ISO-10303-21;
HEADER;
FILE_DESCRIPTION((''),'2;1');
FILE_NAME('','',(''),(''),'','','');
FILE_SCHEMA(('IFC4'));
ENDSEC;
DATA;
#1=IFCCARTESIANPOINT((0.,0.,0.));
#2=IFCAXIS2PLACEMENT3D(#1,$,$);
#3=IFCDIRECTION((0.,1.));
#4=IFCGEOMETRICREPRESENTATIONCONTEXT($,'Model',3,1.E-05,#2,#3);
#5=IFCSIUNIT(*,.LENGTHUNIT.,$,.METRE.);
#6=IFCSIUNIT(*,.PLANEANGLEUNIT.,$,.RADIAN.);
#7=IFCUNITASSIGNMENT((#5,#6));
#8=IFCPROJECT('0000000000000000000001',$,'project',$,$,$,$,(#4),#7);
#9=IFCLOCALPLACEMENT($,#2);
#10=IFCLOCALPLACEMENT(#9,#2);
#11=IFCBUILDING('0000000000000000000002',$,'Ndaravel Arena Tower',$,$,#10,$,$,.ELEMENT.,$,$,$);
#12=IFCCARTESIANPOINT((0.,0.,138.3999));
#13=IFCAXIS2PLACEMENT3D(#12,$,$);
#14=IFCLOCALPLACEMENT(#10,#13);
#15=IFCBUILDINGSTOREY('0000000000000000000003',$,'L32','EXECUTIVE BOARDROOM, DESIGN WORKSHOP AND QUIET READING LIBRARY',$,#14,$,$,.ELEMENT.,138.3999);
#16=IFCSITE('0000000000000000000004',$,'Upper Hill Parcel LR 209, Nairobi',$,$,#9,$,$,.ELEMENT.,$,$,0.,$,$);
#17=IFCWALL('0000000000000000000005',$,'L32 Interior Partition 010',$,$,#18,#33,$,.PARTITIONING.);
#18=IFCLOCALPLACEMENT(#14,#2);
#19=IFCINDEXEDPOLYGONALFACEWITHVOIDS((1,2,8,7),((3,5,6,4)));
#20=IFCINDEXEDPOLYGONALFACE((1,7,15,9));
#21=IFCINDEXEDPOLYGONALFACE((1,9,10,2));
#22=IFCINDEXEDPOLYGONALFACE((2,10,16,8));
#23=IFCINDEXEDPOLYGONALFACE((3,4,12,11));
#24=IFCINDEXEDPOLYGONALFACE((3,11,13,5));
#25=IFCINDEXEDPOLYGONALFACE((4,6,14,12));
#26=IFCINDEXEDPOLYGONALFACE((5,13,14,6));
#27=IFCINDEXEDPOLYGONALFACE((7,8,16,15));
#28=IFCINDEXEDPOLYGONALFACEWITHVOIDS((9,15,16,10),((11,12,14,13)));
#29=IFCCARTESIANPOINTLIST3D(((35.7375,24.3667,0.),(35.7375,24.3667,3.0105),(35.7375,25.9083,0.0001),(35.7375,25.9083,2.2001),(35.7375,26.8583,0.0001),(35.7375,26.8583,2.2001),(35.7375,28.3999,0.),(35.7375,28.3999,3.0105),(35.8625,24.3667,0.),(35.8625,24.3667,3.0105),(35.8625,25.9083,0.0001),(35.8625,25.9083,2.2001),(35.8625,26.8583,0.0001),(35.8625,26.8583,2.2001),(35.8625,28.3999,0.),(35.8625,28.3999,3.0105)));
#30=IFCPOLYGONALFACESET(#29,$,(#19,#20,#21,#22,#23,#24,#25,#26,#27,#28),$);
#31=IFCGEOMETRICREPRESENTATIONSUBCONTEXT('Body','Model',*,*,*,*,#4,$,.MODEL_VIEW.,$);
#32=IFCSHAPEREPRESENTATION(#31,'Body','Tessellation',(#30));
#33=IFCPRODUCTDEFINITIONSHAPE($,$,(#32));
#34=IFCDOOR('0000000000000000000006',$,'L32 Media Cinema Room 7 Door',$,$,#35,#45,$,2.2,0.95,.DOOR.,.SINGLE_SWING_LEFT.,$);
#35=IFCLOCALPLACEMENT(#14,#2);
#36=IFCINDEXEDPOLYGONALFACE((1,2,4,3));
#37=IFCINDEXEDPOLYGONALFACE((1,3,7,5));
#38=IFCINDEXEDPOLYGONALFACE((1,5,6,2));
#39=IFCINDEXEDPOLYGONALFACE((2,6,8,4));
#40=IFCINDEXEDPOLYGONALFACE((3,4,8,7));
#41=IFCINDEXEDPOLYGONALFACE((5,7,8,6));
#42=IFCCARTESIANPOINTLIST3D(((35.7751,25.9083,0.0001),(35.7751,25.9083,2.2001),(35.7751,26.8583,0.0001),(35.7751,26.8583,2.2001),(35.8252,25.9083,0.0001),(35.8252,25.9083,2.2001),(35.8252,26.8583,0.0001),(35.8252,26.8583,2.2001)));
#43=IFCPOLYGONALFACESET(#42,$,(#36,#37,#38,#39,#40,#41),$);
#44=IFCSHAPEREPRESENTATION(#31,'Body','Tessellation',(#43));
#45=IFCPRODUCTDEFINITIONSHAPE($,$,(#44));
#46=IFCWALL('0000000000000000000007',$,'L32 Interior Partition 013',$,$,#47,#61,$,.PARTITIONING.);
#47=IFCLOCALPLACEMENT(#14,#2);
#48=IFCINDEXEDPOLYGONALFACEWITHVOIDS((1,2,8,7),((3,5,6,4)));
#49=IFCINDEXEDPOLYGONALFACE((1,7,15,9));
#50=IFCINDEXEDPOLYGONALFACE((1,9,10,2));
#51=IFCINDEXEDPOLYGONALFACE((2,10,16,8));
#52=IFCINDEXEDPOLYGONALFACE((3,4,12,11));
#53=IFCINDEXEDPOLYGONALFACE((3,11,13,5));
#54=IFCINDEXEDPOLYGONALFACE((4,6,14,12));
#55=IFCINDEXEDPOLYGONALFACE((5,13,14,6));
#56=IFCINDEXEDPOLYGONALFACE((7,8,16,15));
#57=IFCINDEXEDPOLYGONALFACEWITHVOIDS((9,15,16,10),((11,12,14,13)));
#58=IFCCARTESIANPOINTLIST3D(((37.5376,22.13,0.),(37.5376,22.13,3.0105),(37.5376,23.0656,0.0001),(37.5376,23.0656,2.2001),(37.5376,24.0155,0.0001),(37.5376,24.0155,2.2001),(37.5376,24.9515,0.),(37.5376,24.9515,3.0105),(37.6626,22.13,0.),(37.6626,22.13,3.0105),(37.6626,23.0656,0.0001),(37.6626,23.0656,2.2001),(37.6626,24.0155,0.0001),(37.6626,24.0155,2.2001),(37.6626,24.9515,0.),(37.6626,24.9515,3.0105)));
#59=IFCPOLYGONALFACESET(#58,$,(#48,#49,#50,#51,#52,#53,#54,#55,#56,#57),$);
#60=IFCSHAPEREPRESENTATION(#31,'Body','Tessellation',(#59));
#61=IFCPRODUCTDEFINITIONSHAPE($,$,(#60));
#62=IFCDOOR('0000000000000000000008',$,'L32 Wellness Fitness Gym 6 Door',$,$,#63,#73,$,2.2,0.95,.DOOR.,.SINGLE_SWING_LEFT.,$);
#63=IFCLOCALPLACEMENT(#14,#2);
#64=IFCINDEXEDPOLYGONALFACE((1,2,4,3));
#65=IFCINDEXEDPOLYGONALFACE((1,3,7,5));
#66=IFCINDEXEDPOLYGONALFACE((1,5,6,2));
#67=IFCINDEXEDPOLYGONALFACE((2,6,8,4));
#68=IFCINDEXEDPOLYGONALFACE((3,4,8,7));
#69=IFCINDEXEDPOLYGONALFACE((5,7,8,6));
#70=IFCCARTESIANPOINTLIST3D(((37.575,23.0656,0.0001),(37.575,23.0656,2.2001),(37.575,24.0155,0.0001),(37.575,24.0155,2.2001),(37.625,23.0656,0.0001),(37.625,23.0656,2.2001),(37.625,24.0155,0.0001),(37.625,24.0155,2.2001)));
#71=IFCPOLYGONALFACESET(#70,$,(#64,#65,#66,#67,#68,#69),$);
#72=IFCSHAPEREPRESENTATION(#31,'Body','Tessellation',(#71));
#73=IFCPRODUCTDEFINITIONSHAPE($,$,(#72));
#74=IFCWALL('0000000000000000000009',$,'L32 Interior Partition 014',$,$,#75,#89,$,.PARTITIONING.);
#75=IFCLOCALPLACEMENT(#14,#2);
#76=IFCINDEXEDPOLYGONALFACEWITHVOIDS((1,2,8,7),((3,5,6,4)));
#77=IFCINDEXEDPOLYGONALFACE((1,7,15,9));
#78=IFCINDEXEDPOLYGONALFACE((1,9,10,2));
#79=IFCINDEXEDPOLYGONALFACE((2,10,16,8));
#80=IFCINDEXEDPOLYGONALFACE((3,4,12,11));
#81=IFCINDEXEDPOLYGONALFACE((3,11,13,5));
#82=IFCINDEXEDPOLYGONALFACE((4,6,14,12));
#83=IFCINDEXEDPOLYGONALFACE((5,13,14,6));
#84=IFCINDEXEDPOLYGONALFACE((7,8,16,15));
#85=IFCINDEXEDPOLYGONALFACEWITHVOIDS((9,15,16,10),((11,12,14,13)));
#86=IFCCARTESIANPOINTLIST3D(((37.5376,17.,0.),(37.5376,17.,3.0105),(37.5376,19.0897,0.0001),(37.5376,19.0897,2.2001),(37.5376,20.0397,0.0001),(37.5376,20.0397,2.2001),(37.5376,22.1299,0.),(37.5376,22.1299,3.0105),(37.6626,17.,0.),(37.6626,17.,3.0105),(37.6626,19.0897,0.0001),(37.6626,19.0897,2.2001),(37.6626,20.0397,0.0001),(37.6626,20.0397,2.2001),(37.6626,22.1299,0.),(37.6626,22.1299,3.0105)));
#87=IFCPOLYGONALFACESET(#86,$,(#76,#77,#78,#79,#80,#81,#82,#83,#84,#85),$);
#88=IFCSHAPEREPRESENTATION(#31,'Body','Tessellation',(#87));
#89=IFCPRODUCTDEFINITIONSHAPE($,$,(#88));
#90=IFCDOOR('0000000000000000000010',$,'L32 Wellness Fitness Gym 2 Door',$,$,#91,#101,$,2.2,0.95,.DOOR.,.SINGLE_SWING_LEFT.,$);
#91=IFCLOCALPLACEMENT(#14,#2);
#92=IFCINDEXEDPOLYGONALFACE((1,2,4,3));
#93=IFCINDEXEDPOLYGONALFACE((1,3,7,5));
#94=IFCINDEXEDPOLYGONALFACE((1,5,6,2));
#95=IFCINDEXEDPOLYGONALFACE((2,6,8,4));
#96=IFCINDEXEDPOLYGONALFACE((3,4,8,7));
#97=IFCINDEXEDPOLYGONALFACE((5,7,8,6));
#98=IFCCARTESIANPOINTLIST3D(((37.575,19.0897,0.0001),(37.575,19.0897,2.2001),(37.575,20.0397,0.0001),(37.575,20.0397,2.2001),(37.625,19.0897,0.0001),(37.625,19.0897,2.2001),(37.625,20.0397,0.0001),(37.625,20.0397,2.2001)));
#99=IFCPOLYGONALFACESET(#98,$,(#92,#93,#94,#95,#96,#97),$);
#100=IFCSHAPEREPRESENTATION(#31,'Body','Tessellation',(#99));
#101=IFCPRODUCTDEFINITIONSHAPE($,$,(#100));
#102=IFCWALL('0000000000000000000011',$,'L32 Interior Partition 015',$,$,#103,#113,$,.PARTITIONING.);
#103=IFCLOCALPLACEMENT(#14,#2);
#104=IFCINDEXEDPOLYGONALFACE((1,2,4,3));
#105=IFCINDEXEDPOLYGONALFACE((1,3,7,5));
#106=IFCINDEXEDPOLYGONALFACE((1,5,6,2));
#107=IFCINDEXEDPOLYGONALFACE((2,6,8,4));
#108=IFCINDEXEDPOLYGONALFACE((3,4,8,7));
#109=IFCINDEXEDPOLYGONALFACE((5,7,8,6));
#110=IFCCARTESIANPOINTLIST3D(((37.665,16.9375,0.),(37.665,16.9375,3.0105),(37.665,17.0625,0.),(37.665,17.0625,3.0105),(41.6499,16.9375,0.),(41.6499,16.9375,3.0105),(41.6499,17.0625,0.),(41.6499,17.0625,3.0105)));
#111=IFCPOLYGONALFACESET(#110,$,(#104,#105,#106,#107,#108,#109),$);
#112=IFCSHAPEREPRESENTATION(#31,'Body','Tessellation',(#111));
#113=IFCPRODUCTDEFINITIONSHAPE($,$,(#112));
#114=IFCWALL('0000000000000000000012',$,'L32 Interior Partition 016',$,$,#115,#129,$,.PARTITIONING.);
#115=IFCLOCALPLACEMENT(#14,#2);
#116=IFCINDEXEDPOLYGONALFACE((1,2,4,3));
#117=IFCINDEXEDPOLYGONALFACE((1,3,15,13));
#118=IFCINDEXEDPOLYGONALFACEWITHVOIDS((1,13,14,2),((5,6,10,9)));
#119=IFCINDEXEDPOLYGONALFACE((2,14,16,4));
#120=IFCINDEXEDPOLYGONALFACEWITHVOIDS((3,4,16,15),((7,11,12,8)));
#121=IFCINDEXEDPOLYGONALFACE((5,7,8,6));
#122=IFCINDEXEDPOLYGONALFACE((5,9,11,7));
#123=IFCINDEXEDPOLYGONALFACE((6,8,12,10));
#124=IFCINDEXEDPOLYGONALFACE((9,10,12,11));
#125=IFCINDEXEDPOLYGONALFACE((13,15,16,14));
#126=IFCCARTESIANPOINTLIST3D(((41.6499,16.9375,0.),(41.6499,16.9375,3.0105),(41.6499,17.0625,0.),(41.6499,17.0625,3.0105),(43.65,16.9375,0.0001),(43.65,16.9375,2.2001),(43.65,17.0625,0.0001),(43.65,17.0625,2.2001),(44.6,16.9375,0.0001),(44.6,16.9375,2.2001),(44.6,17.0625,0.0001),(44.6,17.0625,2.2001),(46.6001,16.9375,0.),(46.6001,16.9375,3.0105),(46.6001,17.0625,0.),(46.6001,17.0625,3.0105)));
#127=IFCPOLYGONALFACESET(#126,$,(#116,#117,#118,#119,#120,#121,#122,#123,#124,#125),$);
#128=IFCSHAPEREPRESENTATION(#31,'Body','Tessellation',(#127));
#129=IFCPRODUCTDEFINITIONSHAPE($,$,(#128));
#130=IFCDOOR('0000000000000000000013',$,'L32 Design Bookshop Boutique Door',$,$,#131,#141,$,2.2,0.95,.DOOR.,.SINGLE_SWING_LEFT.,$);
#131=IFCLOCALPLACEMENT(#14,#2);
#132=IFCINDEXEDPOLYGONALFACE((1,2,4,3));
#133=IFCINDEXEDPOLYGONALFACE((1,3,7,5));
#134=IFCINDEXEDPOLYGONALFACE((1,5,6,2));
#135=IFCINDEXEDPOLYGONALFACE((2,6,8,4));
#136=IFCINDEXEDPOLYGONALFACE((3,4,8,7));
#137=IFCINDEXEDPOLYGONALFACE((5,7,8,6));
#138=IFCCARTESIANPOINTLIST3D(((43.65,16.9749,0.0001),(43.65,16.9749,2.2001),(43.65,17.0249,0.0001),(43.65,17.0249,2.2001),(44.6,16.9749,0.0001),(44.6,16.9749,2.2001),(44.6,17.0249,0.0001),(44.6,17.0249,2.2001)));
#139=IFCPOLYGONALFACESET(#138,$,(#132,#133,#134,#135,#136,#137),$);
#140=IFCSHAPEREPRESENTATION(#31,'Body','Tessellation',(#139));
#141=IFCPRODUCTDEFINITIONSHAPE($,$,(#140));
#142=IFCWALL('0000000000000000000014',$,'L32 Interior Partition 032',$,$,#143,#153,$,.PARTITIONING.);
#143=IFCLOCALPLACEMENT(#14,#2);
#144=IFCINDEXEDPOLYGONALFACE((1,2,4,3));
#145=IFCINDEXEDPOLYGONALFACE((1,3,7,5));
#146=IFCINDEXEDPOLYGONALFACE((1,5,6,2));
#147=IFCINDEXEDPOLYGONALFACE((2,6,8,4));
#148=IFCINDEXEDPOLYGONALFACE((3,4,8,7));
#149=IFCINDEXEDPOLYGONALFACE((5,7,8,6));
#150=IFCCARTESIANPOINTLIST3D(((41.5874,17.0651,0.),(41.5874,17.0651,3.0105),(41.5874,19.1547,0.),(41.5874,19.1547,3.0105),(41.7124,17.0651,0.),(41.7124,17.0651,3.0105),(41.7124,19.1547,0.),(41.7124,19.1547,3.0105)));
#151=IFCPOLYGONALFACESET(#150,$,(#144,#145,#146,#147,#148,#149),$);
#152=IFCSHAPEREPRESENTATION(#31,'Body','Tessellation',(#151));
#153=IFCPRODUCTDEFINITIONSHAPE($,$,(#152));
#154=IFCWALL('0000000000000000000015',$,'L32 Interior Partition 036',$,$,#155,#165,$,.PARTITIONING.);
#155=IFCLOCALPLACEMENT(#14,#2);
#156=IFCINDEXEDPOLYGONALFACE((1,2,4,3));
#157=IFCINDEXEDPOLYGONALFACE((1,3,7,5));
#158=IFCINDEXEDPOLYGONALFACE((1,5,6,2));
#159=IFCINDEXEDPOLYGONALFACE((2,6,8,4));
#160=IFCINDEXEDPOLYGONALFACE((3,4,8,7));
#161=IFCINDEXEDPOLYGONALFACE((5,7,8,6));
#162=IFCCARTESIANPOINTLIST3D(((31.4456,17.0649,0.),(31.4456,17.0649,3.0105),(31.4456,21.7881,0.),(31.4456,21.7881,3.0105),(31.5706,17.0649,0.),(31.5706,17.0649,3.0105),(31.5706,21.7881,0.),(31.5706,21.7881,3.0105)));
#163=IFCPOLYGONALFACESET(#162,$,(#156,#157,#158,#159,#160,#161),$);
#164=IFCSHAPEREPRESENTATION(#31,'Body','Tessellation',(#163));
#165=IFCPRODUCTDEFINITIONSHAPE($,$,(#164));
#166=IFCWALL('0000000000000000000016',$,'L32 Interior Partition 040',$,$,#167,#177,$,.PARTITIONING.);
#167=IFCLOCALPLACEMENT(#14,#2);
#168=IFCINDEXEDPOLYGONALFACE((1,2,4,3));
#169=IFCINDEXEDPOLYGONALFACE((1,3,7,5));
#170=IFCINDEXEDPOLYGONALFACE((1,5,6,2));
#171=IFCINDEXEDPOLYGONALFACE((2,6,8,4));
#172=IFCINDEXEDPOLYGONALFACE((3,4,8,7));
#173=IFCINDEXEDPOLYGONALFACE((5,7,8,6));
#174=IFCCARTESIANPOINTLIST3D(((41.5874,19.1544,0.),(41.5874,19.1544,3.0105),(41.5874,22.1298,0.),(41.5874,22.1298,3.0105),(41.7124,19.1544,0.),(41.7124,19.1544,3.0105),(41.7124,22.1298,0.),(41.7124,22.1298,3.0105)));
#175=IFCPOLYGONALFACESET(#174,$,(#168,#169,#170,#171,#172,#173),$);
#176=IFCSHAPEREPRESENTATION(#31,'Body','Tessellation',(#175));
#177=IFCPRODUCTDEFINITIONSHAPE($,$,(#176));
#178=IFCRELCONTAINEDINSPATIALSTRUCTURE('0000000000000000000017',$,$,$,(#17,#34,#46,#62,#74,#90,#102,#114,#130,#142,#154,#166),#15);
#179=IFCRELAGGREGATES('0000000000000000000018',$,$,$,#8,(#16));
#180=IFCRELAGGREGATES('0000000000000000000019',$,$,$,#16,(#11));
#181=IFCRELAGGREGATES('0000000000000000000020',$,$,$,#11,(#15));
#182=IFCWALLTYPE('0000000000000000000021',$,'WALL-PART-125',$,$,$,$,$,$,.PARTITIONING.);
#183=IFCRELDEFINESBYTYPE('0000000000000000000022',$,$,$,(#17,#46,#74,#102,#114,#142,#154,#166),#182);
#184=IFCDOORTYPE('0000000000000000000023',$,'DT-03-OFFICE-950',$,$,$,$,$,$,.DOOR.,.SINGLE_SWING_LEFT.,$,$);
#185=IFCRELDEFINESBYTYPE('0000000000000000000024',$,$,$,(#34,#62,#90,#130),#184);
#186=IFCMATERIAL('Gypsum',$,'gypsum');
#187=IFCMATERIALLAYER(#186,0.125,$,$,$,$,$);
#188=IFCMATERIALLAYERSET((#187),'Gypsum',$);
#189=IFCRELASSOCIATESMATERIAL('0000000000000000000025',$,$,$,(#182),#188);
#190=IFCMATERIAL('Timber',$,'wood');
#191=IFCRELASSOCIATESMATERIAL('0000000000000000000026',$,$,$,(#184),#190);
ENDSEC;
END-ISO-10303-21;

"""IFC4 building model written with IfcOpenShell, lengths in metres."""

from ifc_helpers import new_model, si_unit, direction, frame, frame_2d, origin, place, context, subcontext, project, spatial, rectangle, extrude, material, layer, layer_set, type_object, element, fill, save


model = new_model("IFC4")

# Units and contexts
model_context = context("Model", 3, precision=1e-05, world=origin(), true_north=direction((0.0, 1.0)))
body_context = subcontext(model_context, "Body", "Model", "MODEL_VIEW")
ifc_project = project(units=[si_unit("LENGTHUNIT", "METRE"), si_unit("PLANEANGLEUNIT", "RADIAN")], contexts=[model_context])

# Site, building, storey
site_placement = place(None, origin())
site = spatial("IfcSite", under=ifc_project, at=site_placement, Name="Upper Hill Parcel LR 209, Nairobi", CompositionType="ELEMENT", RefElevation=0.0)
building_placement = place(site_placement, origin())
building = spatial("IfcBuilding", under=site, at=building_placement, Name="Ndaravel Arena Tower", CompositionType="ELEMENT")
storey_placement = place(building_placement, frame((0.0, 0.0, 138.3999)))
storey = spatial("IfcBuildingStorey", under=building, at=storey_placement, Name="L32", Description="EXECUTIVE BOARDROOM, DESIGN WORKSHOP AND QUIET READING LIBRARY", CompositionType="ELEMENT", Elevation=138.3999)

# Shared definitions
ifc_material_1 = material(Name="Gypsum", Category="gypsum")
ifc_layer_1 = layer(ifc_material_1, 0.125)
ifc_layer_set_1 = layer_set([ifc_layer_1], Name="Gypsum")
wall_type_1 = type_object("IfcWallType", Name="WALL-PART-125", PredefinedType="PARTITIONING", material=ifc_layer_set_1)

# Walls, openings, doors
ifc_material_2 = material(Name="Timber", Category="wood")
door_type_1 = type_object("IfcDoorType", Name="DT-03-OFFICE-950", OperationType="SINGLE_SWING_LEFT", PredefinedType="DOOR", material=ifc_material_2)
wall_1_placement = place(storey_placement, frame((35.8, 24.3667, 0.0), z_axis=(0.0, 0.0, 1.0), x_axis=(0.0, 1.0, 0.0)))
wall_1 = element("IfcWall", 1, at=wall_1_placement, inside=storey, type_object=wall_type_1, Name="L32 Interior Partition 010", PredefinedType="PARTITIONING", context=body_context, shape_type="SweptSolid", body=[
    extrude(rectangle(XDim=4.0332, YDim=0.125, at=frame_2d((2.0166, 0.0))), origin(), (0.0, 0.0, 1.0), 3.0105),
])
opening_1_placement = place(wall_1_placement, frame((1.5415, 0.0, 0.0)))
opening_1 = element("IfcOpeningElement", 2, at=opening_1_placement, cuts=wall_1, PredefinedType="OPENING", context=body_context, shape_type="SweptSolid", body=[
    extrude(rectangle(XDim=0.95, YDim=2.2, at=frame_2d((0.4751, 1.1001))), frame((0.0, 0.0625, 0.0), z_axis=(0.0, -1.0, 0.0), x_axis=(1.0, 0.0, 0.0)), (0.0, 0.0, 1.0), 0.125),
])
door_1_placement = place(opening_1_placement, origin())
door_1 = element("IfcDoor", 3, at=door_1_placement, inside=storey, type_object=door_type_1, Name="L32 Media Cinema Room 7 Door", OperationType="SINGLE_SWING_LEFT", OverallHeight=2.2, OverallWidth=0.95, PredefinedType="DOOR", context=body_context, shape_type="SweptSolid", body=[
    extrude(rectangle(XDim=0.95, YDim=2.2, at=frame_2d((0.4751, 1.1001))), frame((0.0, 0.0249, 0.0), z_axis=(0.0, -1.0, 0.0), x_axis=(1.0, 0.0, 0.0)), (0.0, 0.0, 1.0), 0.05),
])
fill(opening_1, door_1)
wall_2_placement = place(storey_placement, frame((37.6001, 24.9514, 0.0), z_axis=(0.0, 0.0, 1.0), x_axis=(0.0, -1.0, 0.0)))
wall_2 = element("IfcWall", 4, at=wall_2_placement, inside=storey, type_object=wall_type_1, Name="L32 Interior Partition 013", PredefinedType="PARTITIONING", context=body_context, shape_type="SweptSolid", body=[
    extrude(rectangle(XDim=2.8215, YDim=0.125, at=frame_2d((1.4106, 0.0))), origin(), (0.0, 0.0, 1.0), 3.0105),
])
opening_2_placement = place(wall_2_placement, frame((0.9358, 0.0, 0.0)))
opening_2 = element("IfcOpeningElement", 5, at=opening_2_placement, cuts=wall_2, PredefinedType="OPENING", context=body_context, shape_type="SweptSolid", body=[
    extrude(rectangle(XDim=0.95, YDim=2.2, at=frame_2d((0.4751, 1.1001))), frame((0.0, 0.0625, 0.0), z_axis=(0.0, -1.0, 0.0), x_axis=(1.0, 0.0, 0.0)), (0.0, 0.0, 1.0), 0.125),
])
door_2_placement = place(opening_2_placement, origin())
door_2 = element("IfcDoor", 6, at=door_2_placement, inside=storey, type_object=door_type_1, Name="L32 Wellness Fitness Gym 6 Door", OperationType="SINGLE_SWING_LEFT", OverallHeight=2.2, OverallWidth=0.95, PredefinedType="DOOR", context=body_context, shape_type="SweptSolid", body=[
    extrude(rectangle(XDim=0.95, YDim=2.2, at=frame_2d((0.4751, 1.1001))), frame((0.0, 0.0249, 0.0), z_axis=(0.0, -1.0, 0.0), x_axis=(1.0, 0.0, 0.0)), (0.0, 0.0, 1.0), 0.05),
])
fill(opening_2, door_2)
wall_3_placement = place(storey_placement, frame((37.6001, 22.1299, 0.0), z_axis=(0.0, 0.0, 1.0), x_axis=(0.0, -1.0, 0.0)))
wall_3 = element("IfcWall", 7, at=wall_3_placement, inside=storey, type_object=wall_type_1, Name="L32 Interior Partition 014", PredefinedType="PARTITIONING", context=body_context, shape_type="SweptSolid", body=[
    extrude(rectangle(XDim=5.1299, YDim=0.125, at=frame_2d((2.5649, 0.0))), origin(), (0.0, 0.0, 1.0), 3.0105),
])
opening_3_placement = place(wall_3_placement, frame((2.0901, 0.0, 0.0)))
opening_3 = element("IfcOpeningElement", 8, at=opening_3_placement, cuts=wall_3, PredefinedType="OPENING", context=body_context, shape_type="SweptSolid", body=[
    extrude(rectangle(XDim=0.95, YDim=2.2, at=frame_2d((0.4751, 1.1001))), frame((0.0, 0.0625, 0.0), z_axis=(0.0, -1.0, 0.0), x_axis=(1.0, 0.0, 0.0)), (0.0, 0.0, 1.0), 0.125),
])
door_3_placement = place(opening_3_placement, origin())
door_3 = element("IfcDoor", 9, at=door_3_placement, inside=storey, type_object=door_type_1, Name="L32 Wellness Fitness Gym 2 Door", OperationType="SINGLE_SWING_LEFT", OverallHeight=2.2, OverallWidth=0.95, PredefinedType="DOOR", context=body_context, shape_type="SweptSolid", body=[
    extrude(rectangle(XDim=0.95, YDim=2.2, at=frame_2d((0.4751, 1.1001))), frame((0.0, 0.0249, 0.0), z_axis=(0.0, -1.0, 0.0), x_axis=(1.0, 0.0, 0.0)), (0.0, 0.0, 1.0), 0.05),
])
fill(opening_3, door_3)

# Wall
wall_4_placement = place(storey_placement, frame((37.665, 17.0, 0.0), z_axis=(0.0, 0.0, 1.0), x_axis=(1.0, 0.0, 0.0)))
element("IfcWall", 10, at=wall_4_placement, inside=storey, type_object=wall_type_1, Name="L32 Interior Partition 015", PredefinedType="PARTITIONING", context=body_context, shape_type="SweptSolid", body=[
    extrude(rectangle(XDim=3.9849, YDim=0.125, at=frame_2d((1.9924, 0.0))), origin(), (0.0, 0.0, 1.0), 3.0105),
])

# Wall, opening, door
wall_5_placement = place(storey_placement, frame((41.6499, 17.0, 0.0), z_axis=(0.0, 0.0, 1.0), x_axis=(1.0, 0.0, 0.0)))
wall_5 = element("IfcWall", 11, at=wall_5_placement, inside=storey, type_object=wall_type_1, Name="L32 Interior Partition 016", PredefinedType="PARTITIONING", context=body_context, shape_type="SweptSolid", body=[
    extrude(rectangle(XDim=4.9502, YDim=0.125, at=frame_2d((2.4751, 0.0))), origin(), (0.0, 0.0, 1.0), 3.0105),
])
opening_4_placement = place(wall_5_placement, frame((2.0, 0.0, 0.0)))
opening_4 = element("IfcOpeningElement", 12, at=opening_4_placement, cuts=wall_5, PredefinedType="OPENING", context=body_context, shape_type="SweptSolid", body=[
    extrude(rectangle(XDim=0.95, YDim=2.2, at=frame_2d((0.4751, 1.1001))), frame((0.0, 0.0625, 0.0), z_axis=(0.0, -1.0, 0.0), x_axis=(1.0, 0.0, 0.0)), (0.0, 0.0, 1.0), 0.125),
])
door_4_placement = place(opening_4_placement, origin())
door_4 = element("IfcDoor", 13, at=door_4_placement, inside=storey, type_object=door_type_1, Name="L32 Design Bookshop Boutique Door", OperationType="SINGLE_SWING_LEFT", OverallHeight=2.2, OverallWidth=0.95, PredefinedType="DOOR", context=body_context, shape_type="SweptSolid", body=[
    extrude(rectangle(XDim=0.95, YDim=2.2, at=frame_2d((0.4751, 1.1001))), frame((0.0, 0.0249, 0.0), z_axis=(0.0, -1.0, 0.0), x_axis=(1.0, 0.0, 0.0)), (0.0, 0.0, 1.0), 0.05),
])
fill(opening_4, door_4)

# Walls
wall_6_placement = place(storey_placement, frame((41.6499, 17.0649, 0.0), z_axis=(0.0, 0.0, 1.0), x_axis=(0.0, 1.0, 0.0)))
element("IfcWall", 14, at=wall_6_placement, inside=storey, type_object=wall_type_1, Name="L32 Interior Partition 032", PredefinedType="PARTITIONING", context=body_context, shape_type="SweptSolid", body=[
    extrude(rectangle(XDim=2.0896, YDim=0.125, at=frame_2d((1.0449, 0.0))), origin(), (0.0, 0.0, 1.0), 3.0105),
])
wall_7_placement = place(storey_placement, frame((31.5081, 21.7881, 0.0), z_axis=(0.0, 0.0, 1.0), x_axis=(0.0, -1.0, 0.0)))
element("IfcWall", 15, at=wall_7_placement, inside=storey, type_object=wall_type_1, Name="L32 Interior Partition 036", PredefinedType="PARTITIONING", context=body_context, shape_type="SweptSolid", body=[
    extrude(rectangle(XDim=4.7231, YDim=0.125, at=frame_2d((2.3616, 0.0))), origin(), (0.0, 0.0, 1.0), 3.0105),
])
wall_8_placement = place(storey_placement, frame((41.6499, 22.1299, 0.0), z_axis=(0.0, 0.0, 1.0), x_axis=(0.0, -1.0, 0.0)))
element("IfcWall", 16, at=wall_8_placement, inside=storey, type_object=wall_type_1, Name="L32 Interior Partition 040", PredefinedType="PARTITIONING", context=body_context, shape_type="SweptSolid", body=[
    extrude(rectangle(XDim=2.9753, YDim=0.125, at=frame_2d((1.4878, 0.0))), origin(), (0.0, 0.0, 1.0), 3.0105),
])

save(model, "model.ifc")
